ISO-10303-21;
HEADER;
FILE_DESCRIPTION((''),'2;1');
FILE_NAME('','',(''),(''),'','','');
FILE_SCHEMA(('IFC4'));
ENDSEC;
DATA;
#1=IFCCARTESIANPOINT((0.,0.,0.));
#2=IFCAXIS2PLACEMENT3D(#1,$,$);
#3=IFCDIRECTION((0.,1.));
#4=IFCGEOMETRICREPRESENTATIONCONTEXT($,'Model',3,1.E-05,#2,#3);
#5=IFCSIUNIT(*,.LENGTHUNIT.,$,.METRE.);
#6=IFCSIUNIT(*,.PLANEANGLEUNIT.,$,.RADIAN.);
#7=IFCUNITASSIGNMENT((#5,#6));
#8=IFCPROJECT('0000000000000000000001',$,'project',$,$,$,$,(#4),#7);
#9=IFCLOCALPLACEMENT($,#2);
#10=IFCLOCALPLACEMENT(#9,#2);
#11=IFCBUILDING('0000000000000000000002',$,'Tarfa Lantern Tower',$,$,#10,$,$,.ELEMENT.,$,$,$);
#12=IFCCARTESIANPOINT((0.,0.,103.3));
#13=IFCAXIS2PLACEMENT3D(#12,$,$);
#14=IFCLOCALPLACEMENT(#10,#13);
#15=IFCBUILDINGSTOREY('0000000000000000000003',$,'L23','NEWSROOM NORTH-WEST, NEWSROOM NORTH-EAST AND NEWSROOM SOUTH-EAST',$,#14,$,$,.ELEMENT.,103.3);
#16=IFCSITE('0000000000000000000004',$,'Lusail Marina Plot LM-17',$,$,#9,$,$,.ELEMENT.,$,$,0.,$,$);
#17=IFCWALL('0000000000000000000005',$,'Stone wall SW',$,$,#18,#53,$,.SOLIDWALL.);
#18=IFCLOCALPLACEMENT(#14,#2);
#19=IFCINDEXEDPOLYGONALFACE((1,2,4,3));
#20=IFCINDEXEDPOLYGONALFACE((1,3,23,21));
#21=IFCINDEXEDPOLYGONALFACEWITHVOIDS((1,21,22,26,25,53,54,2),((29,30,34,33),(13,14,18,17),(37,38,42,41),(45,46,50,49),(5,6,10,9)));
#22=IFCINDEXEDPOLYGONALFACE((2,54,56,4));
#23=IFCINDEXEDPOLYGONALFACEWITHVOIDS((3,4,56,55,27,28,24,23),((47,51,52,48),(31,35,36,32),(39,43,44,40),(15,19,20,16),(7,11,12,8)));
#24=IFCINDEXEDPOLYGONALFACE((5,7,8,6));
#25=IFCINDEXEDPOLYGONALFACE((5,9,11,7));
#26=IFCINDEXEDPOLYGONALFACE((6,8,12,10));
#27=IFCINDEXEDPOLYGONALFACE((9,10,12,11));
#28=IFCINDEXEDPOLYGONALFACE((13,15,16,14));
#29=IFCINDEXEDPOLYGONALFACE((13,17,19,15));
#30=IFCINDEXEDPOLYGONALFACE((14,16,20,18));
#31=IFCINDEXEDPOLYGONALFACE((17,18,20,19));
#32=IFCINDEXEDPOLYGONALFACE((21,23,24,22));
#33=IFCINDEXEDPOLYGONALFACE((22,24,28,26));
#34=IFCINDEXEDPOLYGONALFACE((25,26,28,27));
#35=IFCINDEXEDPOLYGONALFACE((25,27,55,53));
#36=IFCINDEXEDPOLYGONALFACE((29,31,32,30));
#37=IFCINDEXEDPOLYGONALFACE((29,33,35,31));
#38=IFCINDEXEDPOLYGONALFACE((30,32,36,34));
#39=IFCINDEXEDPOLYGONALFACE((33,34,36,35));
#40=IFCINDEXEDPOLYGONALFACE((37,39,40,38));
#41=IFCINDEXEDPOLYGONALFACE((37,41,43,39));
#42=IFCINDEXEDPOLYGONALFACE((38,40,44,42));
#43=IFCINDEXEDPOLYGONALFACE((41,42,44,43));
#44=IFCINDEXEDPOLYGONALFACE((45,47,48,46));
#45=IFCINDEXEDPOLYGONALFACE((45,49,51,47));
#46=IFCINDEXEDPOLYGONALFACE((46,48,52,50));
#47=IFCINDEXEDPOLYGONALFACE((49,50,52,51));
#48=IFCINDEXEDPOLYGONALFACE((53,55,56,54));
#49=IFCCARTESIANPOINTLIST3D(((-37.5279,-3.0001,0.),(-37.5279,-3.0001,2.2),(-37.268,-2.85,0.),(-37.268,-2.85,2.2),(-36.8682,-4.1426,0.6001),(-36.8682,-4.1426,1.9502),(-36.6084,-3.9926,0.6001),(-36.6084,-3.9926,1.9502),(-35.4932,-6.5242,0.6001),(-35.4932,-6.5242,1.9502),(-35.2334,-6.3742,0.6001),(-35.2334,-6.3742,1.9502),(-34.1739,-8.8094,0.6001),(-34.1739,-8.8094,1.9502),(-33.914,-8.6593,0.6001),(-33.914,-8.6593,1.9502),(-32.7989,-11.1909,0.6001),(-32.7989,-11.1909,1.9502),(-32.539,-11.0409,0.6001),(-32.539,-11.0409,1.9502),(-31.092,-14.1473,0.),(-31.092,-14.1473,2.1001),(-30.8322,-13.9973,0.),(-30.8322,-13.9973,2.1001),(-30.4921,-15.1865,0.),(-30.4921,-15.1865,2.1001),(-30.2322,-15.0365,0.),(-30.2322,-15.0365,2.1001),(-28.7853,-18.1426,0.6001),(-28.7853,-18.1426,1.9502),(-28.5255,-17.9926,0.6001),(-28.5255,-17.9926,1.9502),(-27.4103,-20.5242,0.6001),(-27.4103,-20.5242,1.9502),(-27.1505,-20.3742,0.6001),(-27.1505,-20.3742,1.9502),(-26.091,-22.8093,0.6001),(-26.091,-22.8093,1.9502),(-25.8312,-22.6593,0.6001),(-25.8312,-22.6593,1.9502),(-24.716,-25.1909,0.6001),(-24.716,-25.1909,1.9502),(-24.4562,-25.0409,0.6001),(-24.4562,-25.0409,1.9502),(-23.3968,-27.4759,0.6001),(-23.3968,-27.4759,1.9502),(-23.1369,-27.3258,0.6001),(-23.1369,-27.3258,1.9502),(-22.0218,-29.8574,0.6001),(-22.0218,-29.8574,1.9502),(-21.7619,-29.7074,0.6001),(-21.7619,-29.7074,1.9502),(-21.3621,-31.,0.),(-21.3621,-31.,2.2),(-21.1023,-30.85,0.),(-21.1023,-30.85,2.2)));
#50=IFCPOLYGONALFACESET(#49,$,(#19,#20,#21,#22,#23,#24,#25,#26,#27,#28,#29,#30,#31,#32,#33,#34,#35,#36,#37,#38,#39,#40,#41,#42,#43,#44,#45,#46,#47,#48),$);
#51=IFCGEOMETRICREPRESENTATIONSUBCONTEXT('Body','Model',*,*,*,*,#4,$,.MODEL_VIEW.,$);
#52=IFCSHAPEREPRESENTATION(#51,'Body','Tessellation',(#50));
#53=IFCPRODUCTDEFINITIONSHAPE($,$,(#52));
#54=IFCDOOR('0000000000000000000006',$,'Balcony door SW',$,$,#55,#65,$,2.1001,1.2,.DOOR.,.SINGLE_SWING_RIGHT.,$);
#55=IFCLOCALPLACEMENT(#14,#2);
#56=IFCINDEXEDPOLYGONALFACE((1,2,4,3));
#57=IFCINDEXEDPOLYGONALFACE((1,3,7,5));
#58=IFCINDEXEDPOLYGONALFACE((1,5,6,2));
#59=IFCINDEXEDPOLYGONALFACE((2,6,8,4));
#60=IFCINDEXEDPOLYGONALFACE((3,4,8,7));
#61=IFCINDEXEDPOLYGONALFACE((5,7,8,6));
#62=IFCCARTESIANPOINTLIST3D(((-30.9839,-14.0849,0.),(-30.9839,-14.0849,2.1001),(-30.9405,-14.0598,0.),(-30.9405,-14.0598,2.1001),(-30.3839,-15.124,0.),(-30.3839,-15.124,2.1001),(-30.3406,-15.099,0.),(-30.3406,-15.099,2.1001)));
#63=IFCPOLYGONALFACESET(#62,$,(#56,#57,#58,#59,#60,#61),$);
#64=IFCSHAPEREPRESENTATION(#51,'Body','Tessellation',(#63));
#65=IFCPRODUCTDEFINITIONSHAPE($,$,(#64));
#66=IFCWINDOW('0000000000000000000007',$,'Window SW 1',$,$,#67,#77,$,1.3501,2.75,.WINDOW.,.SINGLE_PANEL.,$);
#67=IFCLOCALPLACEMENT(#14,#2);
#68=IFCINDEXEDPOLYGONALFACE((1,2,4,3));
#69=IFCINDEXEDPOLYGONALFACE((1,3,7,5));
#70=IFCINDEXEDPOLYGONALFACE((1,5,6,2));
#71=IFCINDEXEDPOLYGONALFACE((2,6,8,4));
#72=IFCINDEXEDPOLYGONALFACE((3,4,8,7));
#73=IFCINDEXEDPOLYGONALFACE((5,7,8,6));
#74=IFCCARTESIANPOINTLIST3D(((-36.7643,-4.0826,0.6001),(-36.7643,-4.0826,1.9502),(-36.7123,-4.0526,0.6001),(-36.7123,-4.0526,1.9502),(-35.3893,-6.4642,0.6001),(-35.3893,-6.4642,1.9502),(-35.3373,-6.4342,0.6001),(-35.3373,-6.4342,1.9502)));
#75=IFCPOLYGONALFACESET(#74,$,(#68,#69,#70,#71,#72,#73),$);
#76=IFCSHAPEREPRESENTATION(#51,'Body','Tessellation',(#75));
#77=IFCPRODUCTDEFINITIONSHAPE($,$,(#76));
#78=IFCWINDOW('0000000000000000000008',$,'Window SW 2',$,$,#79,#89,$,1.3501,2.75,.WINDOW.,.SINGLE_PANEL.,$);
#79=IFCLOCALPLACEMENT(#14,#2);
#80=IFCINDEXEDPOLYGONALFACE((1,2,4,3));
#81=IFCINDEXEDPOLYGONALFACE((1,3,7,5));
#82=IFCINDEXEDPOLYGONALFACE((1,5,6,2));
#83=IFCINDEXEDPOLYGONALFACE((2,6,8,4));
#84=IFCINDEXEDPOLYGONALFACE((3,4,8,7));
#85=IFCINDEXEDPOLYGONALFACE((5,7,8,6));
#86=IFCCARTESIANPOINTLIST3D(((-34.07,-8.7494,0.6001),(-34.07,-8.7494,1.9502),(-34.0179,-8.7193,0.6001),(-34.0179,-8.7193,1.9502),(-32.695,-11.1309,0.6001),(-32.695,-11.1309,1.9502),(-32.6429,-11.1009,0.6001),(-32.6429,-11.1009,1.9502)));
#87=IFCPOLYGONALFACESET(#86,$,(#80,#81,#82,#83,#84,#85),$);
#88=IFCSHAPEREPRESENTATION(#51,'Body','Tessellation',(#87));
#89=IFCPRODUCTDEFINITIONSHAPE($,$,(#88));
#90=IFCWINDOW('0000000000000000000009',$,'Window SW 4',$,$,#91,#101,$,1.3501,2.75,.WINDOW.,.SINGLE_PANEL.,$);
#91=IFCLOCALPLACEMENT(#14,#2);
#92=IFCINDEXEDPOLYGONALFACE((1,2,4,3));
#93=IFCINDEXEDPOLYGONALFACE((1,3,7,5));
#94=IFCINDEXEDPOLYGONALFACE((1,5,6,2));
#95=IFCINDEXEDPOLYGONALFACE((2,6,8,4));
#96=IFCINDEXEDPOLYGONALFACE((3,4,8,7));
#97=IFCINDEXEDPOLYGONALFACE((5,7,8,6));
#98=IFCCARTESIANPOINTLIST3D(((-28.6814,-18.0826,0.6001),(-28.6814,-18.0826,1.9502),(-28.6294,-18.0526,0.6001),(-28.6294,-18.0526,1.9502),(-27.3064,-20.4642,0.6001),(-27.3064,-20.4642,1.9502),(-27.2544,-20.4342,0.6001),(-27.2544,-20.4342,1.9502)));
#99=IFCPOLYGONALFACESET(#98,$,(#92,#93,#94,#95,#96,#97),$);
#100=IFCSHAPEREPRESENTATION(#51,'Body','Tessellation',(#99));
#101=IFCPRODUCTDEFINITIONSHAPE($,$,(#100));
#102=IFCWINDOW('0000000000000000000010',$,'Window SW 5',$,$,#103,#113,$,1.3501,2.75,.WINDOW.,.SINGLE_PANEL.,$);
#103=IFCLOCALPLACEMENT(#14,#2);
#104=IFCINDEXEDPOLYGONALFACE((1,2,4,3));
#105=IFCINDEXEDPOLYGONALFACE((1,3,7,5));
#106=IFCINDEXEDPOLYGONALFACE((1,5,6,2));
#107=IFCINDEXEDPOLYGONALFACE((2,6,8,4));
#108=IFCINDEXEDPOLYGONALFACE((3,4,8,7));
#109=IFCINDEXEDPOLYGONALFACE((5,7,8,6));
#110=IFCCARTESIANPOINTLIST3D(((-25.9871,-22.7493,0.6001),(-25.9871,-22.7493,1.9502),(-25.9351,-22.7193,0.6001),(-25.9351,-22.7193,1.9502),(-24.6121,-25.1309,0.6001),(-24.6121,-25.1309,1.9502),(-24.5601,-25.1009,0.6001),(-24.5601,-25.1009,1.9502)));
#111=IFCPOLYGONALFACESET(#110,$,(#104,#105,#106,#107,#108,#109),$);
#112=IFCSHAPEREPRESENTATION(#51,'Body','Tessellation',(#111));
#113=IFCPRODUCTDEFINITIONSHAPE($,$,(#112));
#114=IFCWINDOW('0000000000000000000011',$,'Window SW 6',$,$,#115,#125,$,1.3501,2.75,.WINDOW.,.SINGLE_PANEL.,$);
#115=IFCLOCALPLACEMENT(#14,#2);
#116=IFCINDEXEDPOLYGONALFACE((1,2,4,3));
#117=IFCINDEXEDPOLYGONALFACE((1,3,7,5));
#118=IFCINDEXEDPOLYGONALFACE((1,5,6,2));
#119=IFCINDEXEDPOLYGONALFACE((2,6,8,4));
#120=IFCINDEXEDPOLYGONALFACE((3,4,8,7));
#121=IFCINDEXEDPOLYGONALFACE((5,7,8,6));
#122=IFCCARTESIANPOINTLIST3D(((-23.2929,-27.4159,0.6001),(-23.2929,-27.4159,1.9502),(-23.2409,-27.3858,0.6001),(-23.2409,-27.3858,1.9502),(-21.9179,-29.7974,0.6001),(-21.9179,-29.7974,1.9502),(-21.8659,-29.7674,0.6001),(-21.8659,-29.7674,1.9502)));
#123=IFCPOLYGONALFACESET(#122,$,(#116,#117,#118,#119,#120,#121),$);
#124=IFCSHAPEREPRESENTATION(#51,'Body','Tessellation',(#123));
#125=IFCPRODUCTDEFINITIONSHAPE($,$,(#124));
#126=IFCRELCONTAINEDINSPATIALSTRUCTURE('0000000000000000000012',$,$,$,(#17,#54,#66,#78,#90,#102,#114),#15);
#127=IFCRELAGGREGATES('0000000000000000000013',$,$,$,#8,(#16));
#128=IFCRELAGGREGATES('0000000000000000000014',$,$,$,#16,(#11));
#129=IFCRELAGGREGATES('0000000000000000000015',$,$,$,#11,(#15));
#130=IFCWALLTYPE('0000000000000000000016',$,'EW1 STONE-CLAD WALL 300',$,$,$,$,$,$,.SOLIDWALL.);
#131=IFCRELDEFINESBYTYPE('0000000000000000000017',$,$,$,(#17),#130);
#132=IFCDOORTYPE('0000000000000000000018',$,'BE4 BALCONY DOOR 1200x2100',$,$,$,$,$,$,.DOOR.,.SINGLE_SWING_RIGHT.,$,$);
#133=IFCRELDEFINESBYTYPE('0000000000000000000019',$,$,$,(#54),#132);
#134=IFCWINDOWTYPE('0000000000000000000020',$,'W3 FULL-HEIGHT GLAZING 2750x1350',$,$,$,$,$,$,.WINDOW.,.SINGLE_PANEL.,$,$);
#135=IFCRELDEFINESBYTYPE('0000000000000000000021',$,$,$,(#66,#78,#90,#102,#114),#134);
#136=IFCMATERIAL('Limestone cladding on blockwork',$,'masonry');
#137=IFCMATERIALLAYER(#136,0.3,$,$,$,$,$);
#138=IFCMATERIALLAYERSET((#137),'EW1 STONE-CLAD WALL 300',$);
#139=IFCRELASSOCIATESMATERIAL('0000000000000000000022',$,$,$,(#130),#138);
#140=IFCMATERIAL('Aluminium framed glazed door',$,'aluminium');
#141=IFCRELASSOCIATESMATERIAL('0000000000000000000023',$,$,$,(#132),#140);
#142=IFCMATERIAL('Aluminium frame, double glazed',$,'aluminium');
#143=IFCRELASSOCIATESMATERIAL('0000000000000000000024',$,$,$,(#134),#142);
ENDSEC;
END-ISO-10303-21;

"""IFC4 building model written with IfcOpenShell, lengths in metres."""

from ifc_helpers import new_model, si_unit, direction, frame, frame_2d, origin, place, context, subcontext, project, spatial, rectangle, extrude, material, layer, layer_set, type_object, element, fill, save


model = new_model("IFC4")

# Units and contexts
model_context = context("Model", 3, precision=1e-05, world=origin(), true_north=direction((0.0, 1.0)))
body_context = subcontext(model_context, "Body", "Model", "MODEL_VIEW")
ifc_project = project(units=[si_unit("LENGTHUNIT", "METRE"), si_unit("PLANEANGLEUNIT", "RADIAN")], contexts=[model_context])

# Site, building, storey
site_placement = place(None, origin())
site = spatial("IfcSite", under=ifc_project, at=site_placement, Name="Lusail Marina Plot LM-17", CompositionType="ELEMENT", RefElevation=0.0)
building_placement = place(site_placement, origin())
building = spatial("IfcBuilding", under=site, at=building_placement, Name="Tarfa Lantern Tower", CompositionType="ELEMENT")
storey_placement = place(building_placement, frame((0.0, 0.0, 103.3)))
storey = spatial("IfcBuildingStorey", under=building, at=storey_placement, Name="L23", Description="NEWSROOM NORTH-WEST, NEWSROOM NORTH-EAST AND NEWSROOM SOUTH-EAST", CompositionType="ELEMENT", Elevation=103.3)

# Wall, openings, door, windows
ifc_material_1 = material(Name="Limestone cladding on blockwork", Category="masonry")
ifc_layer = layer(ifc_material_1, 0.3)
ifc_layer_set = layer_set([ifc_layer], Name="EW1 STONE-CLAD WALL 300")
wall_type = type_object("IfcWallType", Name="EW1 STONE-CLAD WALL 300", PredefinedType="SOLIDWALL", material=ifc_layer_set)
wall_placement = place(storey_placement, frame((-37.3979, -2.925, 0.0), z_axis=(0.0, 0.0, 1.0), x_axis=(0.499999, -0.866026, 0.0)))
wall = element("IfcWall", 1, at=wall_placement, inside=storey, type_object=wall_type, Name="Stone wall SW", PredefinedType="SOLIDWALL", context=body_context, shape_type="SweptSolid", body=[
    extrude(rectangle(XDim=32.3315, YDim=0.3, at=frame_2d((16.1658, 0.0))), origin(), (0.0, 0.0, 1.0), 2.2),
])
opening_1_placement = place(wall_placement, frame((1.3193, 0.0, 0.6001)))
opening_1 = element("IfcOpeningElement", 2, at=opening_1_placement, cuts=wall, PredefinedType="OPENING", context=body_context, shape_type="SweptSolid", body=[
    extrude(rectangle(XDim=2.75, YDim=1.3501, at=frame_2d((1.375, 0.675))), frame((0.0, 0.1599, 0.0), z_axis=(0.0, -1.0, 0.0), x_axis=(1.0, 0.0, 0.0)), (0.0, 0.0, 1.0), 0.3201),
])
opening_2_placement = place(wall_placement, frame((6.708, 0.0, 0.6001)))
opening_2 = element("IfcOpeningElement", 3, at=opening_2_placement, cuts=wall, PredefinedType="OPENING", context=body_context, shape_type="SweptSolid", body=[
    extrude(rectangle(XDim=2.75, YDim=1.3501, at=frame_2d((1.375, 0.675))), frame((0.0, 0.1599, 0.0), z_axis=(0.0, -1.0, 0.0), x_axis=(1.0, 0.0, 0.0)), (0.0, 0.0, 1.0), 0.3201),
])
opening_3_placement = place(wall_placement, frame((12.8716, 0.0, 0.0)))
opening_3 = element("IfcOpeningElement", 4, at=opening_3_placement, cuts=wall, PredefinedType="OPENING", context=body_context, shape_type="SweptSolid", body=[
    extrude(rectangle(XDim=1.2, YDim=2.1001, at=frame_2d((0.6001, 1.05))), frame((0.0, 0.1599, 0.0), z_axis=(0.0, -1.0, 0.0), x_axis=(1.0, 0.0, 0.0)), (0.0, 0.0, 1.0), 0.3201),
])
opening_4_placement = place(wall_placement, frame((17.4851, 0.0, 0.6001)))
opening_4 = element("IfcOpeningElement", 5, at=opening_4_placement, cuts=wall, PredefinedType="OPENING", context=body_context, shape_type="SweptSolid", body=[
    extrude(rectangle(XDim=2.75, YDim=1.3501, at=frame_2d((1.375, 0.675))), frame((0.0, 0.1599, 0.0), z_axis=(0.0, -1.0, 0.0), x_axis=(1.0, 0.0, 0.0)), (0.0, 0.0, 1.0), 0.3201),
])
opening_5_placement = place(wall_placement, frame((22.8738, 0.0, 0.6001)))
opening_5 = element("IfcOpeningElement", 6, at=opening_5_placement, cuts=wall, PredefinedType="OPENING", context=body_context, shape_type="SweptSolid", body=[
    extrude(rectangle(XDim=2.75, YDim=1.3501, at=frame_2d((1.375, 0.675))), frame((0.0, 0.1599, 0.0), z_axis=(0.0, -1.0, 0.0), x_axis=(1.0, 0.0, 0.0)), (0.0, 0.0, 1.0), 0.3201),
])
opening_6_placement = place(wall_placement, frame((28.2622, 0.0, 0.6001)))
opening_6 = element("IfcOpeningElement", 7, at=opening_6_placement, cuts=wall, PredefinedType="OPENING", context=body_context, shape_type="SweptSolid", body=[
    extrude(rectangle(XDim=2.75, YDim=1.3501, at=frame_2d((1.375, 0.675))), frame((0.0, 0.1599, 0.0), z_axis=(0.0, -1.0, 0.0), x_axis=(1.0, 0.0, 0.0)), (0.0, 0.0, 1.0), 0.3201),
])
ifc_material_2 = material(Name="Aluminium framed glazed door", Category="aluminium")
door_type = type_object("IfcDoorType", Name="BE4 BALCONY DOOR 1200x2100", OperationType="SINGLE_SWING_RIGHT", PredefinedType="DOOR", material=ifc_material_2)
door_placement = place(opening_3_placement, origin())
door = element("IfcDoor", 8, at=door_placement, inside=storey, type_object=door_type, Name="Balcony door SW", OperationType="SINGLE_SWING_RIGHT", OverallHeight=2.1001, OverallWidth=1.2, PredefinedType="DOOR", context=body_context, shape_type="SweptSolid", body=[
    extrude(rectangle(XDim=1.2, YDim=2.1001, at=frame_2d((0.6001, 1.05))), frame((0.0, 0.0249, 0.0), z_axis=(0.0, -1.0, 0.0), x_axis=(1.0, 0.0, 0.0)), (0.0, 0.0, 1.0), 0.05),
])
fill(opening_3, door)
ifc_material_3 = material(Name="Aluminium frame, double glazed", Category="aluminium")
window_type = type_object("IfcWindowType", Name="W3 FULL-HEIGHT GLAZING 2750x1350", PartitioningType="SINGLE_PANEL", PredefinedType="WINDOW", material=ifc_material_3)
window_1_placement = place(opening_1_placement, origin())
window_1 = element("IfcWindow", 9, at=window_1_placement, inside=storey, type_object=window_type, Name="Window SW 1", OverallHeight=1.3501, OverallWidth=2.75, PartitioningType="SINGLE_PANEL", PredefinedType="WINDOW", context=body_context, shape_type="SweptSolid", body=[
    extrude(rectangle(XDim=2.75, YDim=1.3501, at=frame_2d((1.375, 0.675))), frame((0.0, 0.03, 0.0), z_axis=(0.0, -1.0, 0.0), x_axis=(1.0, 0.0, 0.0)), (0.0, 0.0, 1.0), 0.0601),
])
fill(opening_1, window_1)
window_2_placement = place(opening_2_placement, origin())
window_2 = element("IfcWindow", 10, at=window_2_placement, inside=storey, type_object=window_type, Name="Window SW 2", OverallHeight=1.3501, OverallWidth=2.75, PartitioningType="SINGLE_PANEL", PredefinedType="WINDOW", context=body_context, shape_type="SweptSolid", body=[
    extrude(rectangle(XDim=2.75, YDim=1.3501, at=frame_2d((1.375, 0.675))), frame((0.0, 0.03, 0.0), z_axis=(0.0, -1.0, 0.0), x_axis=(1.0, 0.0, 0.0)), (0.0, 0.0, 1.0), 0.0601),
])
fill(opening_2, window_2)
window_3_placement = place(opening_4_placement, origin())
window_3 = element("IfcWindow", 11, at=window_3_placement, inside=storey, type_object=window_type, Name="Window SW 4", OverallHeight=1.3501, OverallWidth=2.75, PartitioningType="SINGLE_PANEL", PredefinedType="WINDOW", context=body_context, shape_type="SweptSolid", body=[
    extrude(rectangle(XDim=2.75, YDim=1.3501, at=frame_2d((1.375, 0.675))), frame((0.0, 0.03, 0.0), z_axis=(0.0, -1.0, 0.0), x_axis=(1.0, 0.0, 0.0)), (0.0, 0.0, 1.0), 0.0601),
])
fill(opening_4, window_3)
window_4_placement = place(opening_5_placement, origin())
window_4 = element("IfcWindow", 12, at=window_4_placement, inside=storey, type_object=window_type, Name="Window SW 5", OverallHeight=1.3501, OverallWidth=2.75, PartitioningType="SINGLE_PANEL", PredefinedType="WINDOW", context=body_context, shape_type="SweptSolid", body=[
    extrude(rectangle(XDim=2.75, YDim=1.3501, at=frame_2d((1.375, 0.675))), frame((0.0, 0.03, 0.0), z_axis=(0.0, -1.0, 0.0), x_axis=(1.0, 0.0, 0.0)), (0.0, 0.0, 1.0), 0.0601),
])
fill(opening_5, window_4)
window_5_placement = place(opening_6_placement, origin())
window_5 = element("IfcWindow", 13, at=window_5_placement, inside=storey, type_object=window_type, Name="Window SW 6", OverallHeight=1.3501, OverallWidth=2.75, PartitioningType="SINGLE_PANEL", PredefinedType="WINDOW", context=body_context, shape_type="SweptSolid", body=[
    extrude(rectangle(XDim=2.75, YDim=1.3501, at=frame_2d((1.375, 0.675))), frame((0.0, 0.03, 0.0), z_axis=(0.0, -1.0, 0.0), x_axis=(1.0, 0.0, 0.0)), (0.0, 0.0, 1.0), 0.0601),
])
fill(opening_6, window_5)

save(model, "model.ifc")
